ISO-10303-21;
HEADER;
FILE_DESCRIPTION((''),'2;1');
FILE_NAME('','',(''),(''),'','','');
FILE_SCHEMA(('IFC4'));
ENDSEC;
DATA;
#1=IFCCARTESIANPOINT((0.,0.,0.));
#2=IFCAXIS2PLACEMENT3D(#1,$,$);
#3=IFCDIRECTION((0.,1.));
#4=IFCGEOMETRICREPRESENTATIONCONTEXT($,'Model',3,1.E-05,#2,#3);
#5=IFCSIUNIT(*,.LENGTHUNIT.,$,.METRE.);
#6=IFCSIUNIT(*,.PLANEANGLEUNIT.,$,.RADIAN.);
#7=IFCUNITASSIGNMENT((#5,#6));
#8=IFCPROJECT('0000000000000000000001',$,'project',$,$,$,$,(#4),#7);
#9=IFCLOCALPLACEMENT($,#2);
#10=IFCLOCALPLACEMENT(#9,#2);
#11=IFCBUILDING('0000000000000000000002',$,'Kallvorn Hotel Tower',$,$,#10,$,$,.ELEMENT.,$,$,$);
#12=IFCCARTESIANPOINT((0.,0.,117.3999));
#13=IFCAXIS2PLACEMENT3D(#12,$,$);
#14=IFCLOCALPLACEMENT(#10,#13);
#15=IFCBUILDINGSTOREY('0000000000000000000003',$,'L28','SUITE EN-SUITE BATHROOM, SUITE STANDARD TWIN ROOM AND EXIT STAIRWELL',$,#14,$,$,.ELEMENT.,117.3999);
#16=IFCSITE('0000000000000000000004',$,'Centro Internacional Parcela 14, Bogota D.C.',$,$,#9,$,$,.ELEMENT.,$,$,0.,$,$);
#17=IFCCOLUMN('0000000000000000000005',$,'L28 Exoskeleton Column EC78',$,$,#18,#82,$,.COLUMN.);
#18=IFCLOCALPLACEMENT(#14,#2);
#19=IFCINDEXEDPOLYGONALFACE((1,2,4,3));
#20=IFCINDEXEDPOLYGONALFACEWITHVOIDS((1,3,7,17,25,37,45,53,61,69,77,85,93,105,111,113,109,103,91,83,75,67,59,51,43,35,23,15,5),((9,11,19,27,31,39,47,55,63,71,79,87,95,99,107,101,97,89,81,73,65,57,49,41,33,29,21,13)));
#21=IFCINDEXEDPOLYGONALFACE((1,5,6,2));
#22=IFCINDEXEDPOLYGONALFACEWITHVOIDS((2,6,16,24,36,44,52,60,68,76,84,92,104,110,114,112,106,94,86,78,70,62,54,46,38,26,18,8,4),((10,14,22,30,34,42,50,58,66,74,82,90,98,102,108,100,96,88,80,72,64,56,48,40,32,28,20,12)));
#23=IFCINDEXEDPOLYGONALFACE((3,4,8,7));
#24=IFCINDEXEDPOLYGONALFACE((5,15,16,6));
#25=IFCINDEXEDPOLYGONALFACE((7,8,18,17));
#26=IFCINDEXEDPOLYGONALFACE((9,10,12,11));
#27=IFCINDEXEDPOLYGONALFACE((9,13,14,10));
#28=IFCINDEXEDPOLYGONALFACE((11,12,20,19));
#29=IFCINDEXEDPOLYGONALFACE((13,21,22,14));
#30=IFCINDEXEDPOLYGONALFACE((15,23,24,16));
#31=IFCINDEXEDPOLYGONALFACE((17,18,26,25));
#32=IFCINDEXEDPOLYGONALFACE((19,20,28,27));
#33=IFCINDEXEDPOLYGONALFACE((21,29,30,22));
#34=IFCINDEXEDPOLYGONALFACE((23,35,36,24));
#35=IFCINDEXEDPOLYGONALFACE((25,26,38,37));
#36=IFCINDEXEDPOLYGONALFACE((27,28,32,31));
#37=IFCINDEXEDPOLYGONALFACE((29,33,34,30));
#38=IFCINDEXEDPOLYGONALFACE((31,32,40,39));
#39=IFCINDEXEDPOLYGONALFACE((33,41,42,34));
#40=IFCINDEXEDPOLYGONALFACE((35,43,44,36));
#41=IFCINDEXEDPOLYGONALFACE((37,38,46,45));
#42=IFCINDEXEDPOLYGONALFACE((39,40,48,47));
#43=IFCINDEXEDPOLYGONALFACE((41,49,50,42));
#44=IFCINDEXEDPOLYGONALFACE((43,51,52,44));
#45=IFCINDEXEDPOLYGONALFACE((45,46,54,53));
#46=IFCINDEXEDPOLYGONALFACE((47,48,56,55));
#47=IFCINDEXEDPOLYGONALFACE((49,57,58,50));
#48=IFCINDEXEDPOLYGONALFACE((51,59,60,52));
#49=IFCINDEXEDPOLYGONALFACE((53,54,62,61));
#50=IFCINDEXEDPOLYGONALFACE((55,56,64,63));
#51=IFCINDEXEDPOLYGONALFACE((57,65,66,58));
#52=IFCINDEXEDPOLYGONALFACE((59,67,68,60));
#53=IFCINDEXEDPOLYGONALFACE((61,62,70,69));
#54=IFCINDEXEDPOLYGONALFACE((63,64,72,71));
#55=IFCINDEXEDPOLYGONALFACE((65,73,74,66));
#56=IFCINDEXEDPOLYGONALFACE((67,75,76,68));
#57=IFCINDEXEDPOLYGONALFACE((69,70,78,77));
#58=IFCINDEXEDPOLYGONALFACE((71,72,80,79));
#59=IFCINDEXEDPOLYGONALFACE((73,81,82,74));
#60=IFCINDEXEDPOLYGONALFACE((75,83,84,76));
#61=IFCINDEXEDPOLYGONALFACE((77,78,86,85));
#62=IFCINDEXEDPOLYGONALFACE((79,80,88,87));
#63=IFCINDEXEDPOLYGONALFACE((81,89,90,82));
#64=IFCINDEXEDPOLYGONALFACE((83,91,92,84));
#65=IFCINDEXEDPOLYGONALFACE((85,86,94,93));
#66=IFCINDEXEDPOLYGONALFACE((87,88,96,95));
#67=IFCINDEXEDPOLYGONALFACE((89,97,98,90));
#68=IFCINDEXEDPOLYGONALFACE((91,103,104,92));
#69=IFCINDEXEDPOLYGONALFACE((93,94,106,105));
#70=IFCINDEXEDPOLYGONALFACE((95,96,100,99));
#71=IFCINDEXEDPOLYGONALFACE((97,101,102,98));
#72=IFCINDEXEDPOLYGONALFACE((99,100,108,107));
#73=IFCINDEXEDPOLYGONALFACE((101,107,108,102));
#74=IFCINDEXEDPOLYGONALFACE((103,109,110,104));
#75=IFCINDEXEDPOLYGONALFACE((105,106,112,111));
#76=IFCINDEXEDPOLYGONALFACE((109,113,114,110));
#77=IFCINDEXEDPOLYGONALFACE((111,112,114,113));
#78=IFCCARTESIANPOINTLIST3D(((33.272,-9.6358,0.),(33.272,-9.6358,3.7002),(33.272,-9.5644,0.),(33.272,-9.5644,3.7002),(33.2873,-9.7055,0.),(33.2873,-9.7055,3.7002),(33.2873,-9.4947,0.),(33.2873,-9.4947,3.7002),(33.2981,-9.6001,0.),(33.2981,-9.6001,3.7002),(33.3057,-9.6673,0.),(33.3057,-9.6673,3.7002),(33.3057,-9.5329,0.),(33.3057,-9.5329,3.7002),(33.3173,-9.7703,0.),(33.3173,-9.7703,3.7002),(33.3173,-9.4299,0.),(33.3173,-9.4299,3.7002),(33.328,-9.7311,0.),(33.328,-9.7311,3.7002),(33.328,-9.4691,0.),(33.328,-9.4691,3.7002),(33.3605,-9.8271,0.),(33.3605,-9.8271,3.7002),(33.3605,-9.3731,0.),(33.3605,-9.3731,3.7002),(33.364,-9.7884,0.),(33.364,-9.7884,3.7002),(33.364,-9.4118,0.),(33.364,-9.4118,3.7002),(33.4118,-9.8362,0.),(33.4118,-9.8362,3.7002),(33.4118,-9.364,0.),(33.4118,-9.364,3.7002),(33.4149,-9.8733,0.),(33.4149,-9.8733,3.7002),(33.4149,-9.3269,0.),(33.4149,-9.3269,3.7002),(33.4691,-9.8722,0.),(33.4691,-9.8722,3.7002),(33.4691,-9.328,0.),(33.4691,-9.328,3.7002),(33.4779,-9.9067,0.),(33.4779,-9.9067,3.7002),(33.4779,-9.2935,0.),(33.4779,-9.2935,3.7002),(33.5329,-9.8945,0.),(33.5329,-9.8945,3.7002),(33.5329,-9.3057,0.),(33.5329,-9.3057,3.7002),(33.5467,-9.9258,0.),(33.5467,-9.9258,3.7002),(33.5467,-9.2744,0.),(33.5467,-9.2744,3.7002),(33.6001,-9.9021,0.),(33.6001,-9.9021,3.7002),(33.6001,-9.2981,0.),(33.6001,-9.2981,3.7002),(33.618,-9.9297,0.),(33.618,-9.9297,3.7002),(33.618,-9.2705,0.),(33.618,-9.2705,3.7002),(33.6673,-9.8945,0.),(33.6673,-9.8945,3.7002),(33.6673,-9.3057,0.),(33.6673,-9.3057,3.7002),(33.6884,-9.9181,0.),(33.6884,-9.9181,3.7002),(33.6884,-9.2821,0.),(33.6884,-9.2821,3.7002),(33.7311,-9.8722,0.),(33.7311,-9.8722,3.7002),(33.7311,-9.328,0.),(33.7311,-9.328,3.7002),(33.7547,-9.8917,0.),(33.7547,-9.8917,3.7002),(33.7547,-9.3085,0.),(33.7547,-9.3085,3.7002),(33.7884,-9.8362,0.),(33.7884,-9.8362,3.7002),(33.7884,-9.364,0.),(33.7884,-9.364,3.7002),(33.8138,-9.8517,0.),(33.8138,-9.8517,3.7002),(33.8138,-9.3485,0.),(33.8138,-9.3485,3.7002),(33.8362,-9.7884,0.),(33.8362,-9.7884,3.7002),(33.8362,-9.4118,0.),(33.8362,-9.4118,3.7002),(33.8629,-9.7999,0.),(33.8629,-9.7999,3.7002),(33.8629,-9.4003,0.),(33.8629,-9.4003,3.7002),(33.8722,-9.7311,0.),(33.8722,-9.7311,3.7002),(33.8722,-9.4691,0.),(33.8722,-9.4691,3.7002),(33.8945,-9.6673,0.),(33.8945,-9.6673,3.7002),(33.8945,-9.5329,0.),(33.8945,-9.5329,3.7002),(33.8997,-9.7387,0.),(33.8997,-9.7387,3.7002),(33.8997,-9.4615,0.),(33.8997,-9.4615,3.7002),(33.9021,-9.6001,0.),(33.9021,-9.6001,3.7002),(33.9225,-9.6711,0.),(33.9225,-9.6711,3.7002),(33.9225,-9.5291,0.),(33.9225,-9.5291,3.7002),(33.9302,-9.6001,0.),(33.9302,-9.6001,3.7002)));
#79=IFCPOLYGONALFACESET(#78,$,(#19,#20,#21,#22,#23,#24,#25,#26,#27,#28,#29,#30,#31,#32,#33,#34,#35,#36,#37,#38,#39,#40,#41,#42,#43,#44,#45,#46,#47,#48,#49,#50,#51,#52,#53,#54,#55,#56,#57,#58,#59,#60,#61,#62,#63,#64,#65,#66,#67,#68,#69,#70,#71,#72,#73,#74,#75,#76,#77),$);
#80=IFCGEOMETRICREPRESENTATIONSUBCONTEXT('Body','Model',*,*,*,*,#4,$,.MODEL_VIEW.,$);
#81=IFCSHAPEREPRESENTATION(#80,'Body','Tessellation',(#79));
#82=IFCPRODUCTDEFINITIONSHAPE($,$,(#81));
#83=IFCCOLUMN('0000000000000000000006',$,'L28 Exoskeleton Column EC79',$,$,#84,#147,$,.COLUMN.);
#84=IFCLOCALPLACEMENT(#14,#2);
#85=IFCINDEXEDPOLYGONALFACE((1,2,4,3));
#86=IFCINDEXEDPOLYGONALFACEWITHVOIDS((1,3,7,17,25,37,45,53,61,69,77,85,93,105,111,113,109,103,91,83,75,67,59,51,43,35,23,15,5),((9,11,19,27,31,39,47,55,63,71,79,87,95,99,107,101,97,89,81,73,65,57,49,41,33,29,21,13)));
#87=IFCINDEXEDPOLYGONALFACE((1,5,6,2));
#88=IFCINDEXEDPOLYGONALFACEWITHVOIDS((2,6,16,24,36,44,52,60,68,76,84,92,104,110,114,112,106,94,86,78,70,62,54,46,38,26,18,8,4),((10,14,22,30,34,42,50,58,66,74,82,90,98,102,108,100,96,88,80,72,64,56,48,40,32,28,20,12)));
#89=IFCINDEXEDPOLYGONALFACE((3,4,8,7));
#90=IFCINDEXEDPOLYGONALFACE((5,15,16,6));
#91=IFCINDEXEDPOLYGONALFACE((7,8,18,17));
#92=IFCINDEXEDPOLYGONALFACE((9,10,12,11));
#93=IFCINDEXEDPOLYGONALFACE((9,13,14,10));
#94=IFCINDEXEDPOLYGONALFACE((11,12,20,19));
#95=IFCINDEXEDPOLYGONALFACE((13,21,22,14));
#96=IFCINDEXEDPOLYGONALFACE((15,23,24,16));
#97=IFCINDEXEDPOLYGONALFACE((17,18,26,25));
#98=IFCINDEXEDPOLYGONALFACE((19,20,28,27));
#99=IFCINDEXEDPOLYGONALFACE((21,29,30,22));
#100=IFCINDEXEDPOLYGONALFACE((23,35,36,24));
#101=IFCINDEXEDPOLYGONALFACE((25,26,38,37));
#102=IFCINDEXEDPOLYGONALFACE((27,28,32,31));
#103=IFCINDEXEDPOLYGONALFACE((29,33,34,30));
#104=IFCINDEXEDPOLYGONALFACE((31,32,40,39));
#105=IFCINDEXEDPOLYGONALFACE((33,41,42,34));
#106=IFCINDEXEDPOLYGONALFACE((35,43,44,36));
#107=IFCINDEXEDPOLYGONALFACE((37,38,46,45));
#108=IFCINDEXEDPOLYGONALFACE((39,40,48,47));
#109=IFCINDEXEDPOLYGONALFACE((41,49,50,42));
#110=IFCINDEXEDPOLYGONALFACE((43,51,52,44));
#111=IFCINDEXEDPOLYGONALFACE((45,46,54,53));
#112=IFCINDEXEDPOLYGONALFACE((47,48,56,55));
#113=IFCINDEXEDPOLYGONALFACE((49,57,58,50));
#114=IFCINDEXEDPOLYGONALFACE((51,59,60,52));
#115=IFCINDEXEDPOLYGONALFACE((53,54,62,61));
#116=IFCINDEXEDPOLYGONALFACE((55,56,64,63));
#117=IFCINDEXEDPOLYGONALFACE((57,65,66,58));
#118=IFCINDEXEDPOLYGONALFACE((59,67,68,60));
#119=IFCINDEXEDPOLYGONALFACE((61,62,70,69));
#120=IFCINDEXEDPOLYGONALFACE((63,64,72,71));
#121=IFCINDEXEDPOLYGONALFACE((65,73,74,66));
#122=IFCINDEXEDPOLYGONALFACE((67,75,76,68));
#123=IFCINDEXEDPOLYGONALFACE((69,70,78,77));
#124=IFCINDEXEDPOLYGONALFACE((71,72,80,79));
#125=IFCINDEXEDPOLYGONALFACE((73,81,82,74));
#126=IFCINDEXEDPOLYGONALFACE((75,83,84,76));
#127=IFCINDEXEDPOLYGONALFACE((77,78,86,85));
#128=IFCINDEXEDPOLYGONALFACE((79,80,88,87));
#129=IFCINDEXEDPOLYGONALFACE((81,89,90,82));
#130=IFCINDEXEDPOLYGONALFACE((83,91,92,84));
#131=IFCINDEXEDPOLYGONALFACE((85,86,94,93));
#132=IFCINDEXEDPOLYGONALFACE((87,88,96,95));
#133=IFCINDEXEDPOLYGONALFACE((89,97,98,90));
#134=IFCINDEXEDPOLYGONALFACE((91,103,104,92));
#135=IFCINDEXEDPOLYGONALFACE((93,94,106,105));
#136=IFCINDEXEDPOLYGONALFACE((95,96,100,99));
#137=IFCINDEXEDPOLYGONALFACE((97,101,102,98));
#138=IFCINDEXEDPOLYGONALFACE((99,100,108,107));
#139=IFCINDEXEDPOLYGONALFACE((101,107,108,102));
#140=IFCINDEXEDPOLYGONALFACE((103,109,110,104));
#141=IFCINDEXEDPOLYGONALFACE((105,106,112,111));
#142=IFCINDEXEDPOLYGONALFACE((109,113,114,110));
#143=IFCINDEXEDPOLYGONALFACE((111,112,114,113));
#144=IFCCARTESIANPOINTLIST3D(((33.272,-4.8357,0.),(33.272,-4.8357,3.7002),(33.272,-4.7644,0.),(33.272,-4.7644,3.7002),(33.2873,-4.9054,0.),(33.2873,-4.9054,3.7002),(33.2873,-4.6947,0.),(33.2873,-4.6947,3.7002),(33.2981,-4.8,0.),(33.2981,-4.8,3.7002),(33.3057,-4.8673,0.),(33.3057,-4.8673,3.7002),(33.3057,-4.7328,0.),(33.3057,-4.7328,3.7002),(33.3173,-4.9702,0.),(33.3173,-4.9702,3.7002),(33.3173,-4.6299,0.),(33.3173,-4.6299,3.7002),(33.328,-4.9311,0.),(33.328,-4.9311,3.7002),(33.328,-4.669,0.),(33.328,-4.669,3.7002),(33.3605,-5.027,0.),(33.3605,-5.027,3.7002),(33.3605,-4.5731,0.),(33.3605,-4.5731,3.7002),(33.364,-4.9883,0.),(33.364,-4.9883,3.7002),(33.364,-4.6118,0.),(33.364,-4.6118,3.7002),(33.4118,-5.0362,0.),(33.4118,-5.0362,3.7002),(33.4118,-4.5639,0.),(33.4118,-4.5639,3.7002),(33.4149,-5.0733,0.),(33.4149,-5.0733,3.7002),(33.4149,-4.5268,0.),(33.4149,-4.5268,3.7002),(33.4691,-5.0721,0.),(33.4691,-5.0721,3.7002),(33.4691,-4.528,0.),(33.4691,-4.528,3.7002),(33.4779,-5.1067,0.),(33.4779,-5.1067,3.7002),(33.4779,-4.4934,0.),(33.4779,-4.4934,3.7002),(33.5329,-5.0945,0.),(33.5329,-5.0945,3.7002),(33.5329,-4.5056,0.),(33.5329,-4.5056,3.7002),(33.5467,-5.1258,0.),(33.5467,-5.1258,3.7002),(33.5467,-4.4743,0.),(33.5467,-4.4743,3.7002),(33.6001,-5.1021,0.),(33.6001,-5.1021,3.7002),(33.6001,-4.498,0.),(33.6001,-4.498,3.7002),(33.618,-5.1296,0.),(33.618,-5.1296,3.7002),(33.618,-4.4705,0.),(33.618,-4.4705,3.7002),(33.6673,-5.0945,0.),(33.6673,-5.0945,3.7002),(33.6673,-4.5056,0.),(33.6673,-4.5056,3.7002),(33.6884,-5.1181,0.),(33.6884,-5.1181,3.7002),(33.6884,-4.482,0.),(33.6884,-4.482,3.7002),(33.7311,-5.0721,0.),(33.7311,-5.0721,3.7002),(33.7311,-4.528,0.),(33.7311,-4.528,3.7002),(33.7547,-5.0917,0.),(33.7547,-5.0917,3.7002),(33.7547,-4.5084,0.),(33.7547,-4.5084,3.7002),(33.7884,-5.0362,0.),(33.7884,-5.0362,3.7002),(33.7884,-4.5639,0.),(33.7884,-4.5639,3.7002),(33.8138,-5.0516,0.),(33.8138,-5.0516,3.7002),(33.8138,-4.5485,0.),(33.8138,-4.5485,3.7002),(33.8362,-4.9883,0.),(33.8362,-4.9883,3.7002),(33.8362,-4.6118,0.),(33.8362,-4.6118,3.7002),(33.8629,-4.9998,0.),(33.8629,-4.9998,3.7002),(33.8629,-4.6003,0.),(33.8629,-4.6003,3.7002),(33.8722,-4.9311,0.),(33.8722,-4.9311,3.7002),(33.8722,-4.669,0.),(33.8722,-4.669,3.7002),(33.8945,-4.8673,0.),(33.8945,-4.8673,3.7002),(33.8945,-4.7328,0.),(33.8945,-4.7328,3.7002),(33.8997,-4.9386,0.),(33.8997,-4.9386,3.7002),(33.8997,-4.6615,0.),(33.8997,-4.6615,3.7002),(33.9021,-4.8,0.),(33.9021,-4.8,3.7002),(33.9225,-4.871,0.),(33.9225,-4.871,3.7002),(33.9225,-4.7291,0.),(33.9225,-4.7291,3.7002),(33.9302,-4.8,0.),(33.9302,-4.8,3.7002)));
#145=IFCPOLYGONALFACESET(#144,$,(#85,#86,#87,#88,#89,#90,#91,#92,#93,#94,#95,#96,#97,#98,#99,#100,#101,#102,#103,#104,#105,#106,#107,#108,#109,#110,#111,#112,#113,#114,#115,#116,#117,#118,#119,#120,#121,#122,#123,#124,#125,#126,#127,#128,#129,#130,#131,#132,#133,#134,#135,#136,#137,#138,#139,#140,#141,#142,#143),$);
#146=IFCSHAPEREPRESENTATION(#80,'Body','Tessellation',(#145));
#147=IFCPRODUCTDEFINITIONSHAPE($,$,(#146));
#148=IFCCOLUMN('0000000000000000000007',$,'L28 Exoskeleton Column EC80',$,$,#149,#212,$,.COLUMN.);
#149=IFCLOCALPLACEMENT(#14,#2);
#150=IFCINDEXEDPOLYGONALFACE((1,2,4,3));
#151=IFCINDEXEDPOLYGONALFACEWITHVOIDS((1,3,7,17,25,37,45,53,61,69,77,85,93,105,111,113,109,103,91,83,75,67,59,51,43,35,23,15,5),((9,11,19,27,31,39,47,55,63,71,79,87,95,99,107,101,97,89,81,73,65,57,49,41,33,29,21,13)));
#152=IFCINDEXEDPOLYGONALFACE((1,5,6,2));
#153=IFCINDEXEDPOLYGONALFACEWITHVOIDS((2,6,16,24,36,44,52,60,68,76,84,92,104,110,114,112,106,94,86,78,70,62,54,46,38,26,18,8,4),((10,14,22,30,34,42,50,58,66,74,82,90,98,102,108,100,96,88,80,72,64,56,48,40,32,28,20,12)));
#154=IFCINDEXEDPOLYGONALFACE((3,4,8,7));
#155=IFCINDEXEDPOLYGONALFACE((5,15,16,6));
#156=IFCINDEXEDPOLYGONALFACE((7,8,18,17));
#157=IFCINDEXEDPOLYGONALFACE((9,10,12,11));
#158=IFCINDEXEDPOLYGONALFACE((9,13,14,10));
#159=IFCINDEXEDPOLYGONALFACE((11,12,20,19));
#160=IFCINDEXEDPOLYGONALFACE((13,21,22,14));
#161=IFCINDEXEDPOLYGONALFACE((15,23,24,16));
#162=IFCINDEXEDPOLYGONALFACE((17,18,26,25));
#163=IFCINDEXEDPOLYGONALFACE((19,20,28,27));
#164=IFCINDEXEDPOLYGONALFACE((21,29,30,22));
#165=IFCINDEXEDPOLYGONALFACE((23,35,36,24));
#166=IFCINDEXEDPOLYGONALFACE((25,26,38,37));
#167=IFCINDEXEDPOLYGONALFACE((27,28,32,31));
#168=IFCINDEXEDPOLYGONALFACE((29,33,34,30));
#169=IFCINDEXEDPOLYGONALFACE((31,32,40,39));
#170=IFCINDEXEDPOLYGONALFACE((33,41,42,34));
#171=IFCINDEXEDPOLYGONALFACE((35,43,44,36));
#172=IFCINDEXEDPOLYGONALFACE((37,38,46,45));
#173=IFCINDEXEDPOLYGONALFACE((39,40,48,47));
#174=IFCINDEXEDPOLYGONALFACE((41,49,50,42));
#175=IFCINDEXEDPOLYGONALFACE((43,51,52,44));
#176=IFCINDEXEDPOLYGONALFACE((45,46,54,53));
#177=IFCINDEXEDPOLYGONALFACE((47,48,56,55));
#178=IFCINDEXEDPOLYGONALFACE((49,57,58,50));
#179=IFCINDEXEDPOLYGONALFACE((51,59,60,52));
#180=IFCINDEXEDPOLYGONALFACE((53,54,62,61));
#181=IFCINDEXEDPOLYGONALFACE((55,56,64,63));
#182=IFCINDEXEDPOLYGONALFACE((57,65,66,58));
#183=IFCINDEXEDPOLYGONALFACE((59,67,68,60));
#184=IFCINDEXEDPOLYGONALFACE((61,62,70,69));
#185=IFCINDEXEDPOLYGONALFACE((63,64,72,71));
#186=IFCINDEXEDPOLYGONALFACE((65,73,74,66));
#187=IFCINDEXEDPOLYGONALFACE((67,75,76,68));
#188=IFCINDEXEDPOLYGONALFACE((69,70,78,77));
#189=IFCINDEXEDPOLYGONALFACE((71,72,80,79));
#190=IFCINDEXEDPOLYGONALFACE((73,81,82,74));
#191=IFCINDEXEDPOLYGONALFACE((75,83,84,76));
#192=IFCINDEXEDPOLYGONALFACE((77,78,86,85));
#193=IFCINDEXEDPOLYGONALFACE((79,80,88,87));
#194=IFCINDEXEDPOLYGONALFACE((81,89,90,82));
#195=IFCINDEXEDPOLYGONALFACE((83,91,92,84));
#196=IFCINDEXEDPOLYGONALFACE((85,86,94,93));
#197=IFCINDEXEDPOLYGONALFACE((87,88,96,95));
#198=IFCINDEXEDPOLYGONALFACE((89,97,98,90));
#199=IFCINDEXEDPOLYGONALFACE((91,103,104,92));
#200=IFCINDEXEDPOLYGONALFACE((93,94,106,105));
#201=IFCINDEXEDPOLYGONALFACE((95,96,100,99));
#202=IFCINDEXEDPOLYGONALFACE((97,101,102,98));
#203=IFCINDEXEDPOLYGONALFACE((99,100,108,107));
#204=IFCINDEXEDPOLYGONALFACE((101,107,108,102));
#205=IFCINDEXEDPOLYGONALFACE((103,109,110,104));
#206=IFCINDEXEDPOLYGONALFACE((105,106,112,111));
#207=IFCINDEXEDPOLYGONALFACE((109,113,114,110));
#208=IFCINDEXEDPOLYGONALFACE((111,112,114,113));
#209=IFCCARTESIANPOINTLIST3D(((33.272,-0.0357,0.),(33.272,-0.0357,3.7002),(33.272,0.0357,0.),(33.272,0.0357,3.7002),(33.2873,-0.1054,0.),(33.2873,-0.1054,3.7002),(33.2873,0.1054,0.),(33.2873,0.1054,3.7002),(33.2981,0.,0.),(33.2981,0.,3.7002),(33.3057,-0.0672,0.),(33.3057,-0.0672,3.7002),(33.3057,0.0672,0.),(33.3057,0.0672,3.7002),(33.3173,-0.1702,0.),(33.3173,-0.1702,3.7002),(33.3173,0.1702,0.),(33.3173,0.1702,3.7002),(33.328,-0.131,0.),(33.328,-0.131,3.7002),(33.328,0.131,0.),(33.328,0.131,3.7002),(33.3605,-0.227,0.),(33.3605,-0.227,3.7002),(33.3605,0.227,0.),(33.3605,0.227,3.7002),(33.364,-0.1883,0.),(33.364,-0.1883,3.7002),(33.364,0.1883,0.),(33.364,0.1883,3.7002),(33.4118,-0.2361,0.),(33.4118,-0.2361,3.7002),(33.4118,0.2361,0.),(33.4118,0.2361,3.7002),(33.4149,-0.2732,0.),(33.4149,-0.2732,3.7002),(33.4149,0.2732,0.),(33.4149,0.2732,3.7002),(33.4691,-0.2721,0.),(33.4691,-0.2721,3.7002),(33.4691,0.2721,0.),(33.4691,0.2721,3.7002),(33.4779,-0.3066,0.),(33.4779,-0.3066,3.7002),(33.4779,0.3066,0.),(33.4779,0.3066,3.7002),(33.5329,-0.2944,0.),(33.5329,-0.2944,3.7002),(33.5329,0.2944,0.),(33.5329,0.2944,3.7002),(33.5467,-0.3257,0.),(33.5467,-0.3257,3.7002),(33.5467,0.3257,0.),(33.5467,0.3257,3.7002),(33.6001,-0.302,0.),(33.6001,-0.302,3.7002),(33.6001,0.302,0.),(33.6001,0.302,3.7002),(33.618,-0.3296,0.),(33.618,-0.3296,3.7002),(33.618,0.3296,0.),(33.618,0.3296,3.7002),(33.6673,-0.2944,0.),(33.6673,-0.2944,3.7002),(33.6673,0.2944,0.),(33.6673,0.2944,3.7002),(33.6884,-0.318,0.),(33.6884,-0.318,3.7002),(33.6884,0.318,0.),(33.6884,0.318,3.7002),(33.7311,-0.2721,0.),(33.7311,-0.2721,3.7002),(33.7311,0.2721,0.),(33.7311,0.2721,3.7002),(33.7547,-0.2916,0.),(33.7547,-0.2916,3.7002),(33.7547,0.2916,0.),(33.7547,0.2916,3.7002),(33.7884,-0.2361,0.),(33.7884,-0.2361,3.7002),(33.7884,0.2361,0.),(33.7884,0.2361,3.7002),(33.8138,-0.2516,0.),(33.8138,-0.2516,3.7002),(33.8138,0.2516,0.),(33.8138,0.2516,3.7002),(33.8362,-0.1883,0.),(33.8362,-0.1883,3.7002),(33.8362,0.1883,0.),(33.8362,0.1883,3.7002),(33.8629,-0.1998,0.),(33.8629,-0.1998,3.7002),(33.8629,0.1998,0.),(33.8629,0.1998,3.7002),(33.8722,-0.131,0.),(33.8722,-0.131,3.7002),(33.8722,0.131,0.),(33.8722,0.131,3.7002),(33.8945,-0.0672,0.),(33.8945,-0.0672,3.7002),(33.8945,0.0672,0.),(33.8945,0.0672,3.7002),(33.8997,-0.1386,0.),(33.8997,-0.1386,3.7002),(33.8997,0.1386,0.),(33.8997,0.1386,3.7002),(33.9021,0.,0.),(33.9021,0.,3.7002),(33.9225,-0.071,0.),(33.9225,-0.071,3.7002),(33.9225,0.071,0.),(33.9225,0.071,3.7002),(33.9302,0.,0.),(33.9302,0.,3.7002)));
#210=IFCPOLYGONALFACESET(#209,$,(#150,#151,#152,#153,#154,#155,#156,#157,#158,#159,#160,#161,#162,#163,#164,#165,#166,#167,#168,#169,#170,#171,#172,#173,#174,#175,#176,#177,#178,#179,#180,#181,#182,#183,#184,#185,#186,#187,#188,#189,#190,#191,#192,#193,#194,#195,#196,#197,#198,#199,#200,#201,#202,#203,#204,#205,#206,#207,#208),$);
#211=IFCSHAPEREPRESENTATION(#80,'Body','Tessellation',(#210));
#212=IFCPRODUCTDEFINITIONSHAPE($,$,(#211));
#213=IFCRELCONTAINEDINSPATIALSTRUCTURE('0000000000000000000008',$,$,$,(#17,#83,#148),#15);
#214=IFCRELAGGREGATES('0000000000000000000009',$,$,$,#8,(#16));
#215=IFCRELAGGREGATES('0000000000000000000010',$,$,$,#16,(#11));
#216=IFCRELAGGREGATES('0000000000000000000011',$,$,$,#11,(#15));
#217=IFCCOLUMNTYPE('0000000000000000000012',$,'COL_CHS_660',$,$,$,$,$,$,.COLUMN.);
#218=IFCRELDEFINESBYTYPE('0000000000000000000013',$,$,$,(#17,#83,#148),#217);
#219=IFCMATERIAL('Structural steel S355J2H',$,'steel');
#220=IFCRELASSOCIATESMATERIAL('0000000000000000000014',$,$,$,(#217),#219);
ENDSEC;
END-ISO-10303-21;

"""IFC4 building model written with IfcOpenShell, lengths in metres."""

from ifc_helpers import new_model, si_unit, direction, frame, origin, origin_2d, place, context, subcontext, project, spatial, hollow_circle, extrude, material, material_profile, profile_set, type_object, element, save


model = new_model("IFC4")

# Units and contexts
model_context = context("Model", 3, precision=1e-05, world=origin(), true_north=direction((0.0, 1.0)))
body_context = subcontext(model_context, "Body", "Model", "MODEL_VIEW")
ifc_project = project(units=[si_unit("LENGTHUNIT", "METRE"), si_unit("PLANEANGLEUNIT", "RADIAN")], contexts=[model_context])

# Site, building, storey
site_placement = place(None, origin())
site = spatial("IfcSite", under=ifc_project, at=site_placement, Name="Centro Internacional Parcela 14, Bogota D.C.", CompositionType="ELEMENT", RefElevation=0.0)
building_placement = place(site_placement, origin())
building = spatial("IfcBuilding", under=site, at=building_placement, Name="Kallvorn Hotel Tower", CompositionType="ELEMENT")
storey_placement = place(building_placement, frame((0.0, 0.0, 117.3999)))
storey = spatial("IfcBuildingStorey", under=building, at=storey_placement, Name="L28", Description="SUITE EN-SUITE BATHROOM, SUITE STANDARD TWIN ROOM AND EXIT STAIRWELL", CompositionType="ELEMENT", Elevation=117.3999)

# Columns
ifc_material_1 = material(Name="Structural steel S355J2H", Category="steel")
ifc_material_profile_1 = material_profile(ifc_material_1, hollow_circle(Radius=0.3301, WallThickness=0.0281, at=origin_2d()), Name="CHS 660x28")
ifc_profile_set_1 = profile_set([ifc_material_profile_1], Name="Structural steel S355J2H")
column_type = type_object("IfcColumnType", Name="COL_CHS_660", PredefinedType="COLUMN", material=ifc_profile_set_1)
for number, where, z_axis, x_axis, name in (
    (1, (33.6001, -9.6001, 0.0), (0.0, 0.0, 1.0), (1.0, 0.0, 0.0), "L28 Exoskeleton Column EC78"),
    (2, (33.6001, -4.8, 0.0), (0.0, 0.0, 1.0), (1.0, 0.0, 0.0), "L28 Exoskeleton Column EC79"),
    (3, (33.6001, 0.0, 0.0), (0.0, 0.0, 1.0), (1.0, 0.0, 0.0), "L28 Exoskeleton Column EC80"),
):
    element("IfcColumn", number, at=place(storey_placement, frame(where, z_axis=z_axis, x_axis=x_axis)), inside=storey, type_object=column_type, Name=name, PredefinedType="COLUMN", context=body_context, shape_type="SweptSolid", body=[
        extrude(hollow_circle(Radius=0.3301, WallThickness=0.0281, at=origin_2d()), origin(), (0.0, 0.0, 1.0), 3.7002),
    ])

save(model, "model.ifc")
